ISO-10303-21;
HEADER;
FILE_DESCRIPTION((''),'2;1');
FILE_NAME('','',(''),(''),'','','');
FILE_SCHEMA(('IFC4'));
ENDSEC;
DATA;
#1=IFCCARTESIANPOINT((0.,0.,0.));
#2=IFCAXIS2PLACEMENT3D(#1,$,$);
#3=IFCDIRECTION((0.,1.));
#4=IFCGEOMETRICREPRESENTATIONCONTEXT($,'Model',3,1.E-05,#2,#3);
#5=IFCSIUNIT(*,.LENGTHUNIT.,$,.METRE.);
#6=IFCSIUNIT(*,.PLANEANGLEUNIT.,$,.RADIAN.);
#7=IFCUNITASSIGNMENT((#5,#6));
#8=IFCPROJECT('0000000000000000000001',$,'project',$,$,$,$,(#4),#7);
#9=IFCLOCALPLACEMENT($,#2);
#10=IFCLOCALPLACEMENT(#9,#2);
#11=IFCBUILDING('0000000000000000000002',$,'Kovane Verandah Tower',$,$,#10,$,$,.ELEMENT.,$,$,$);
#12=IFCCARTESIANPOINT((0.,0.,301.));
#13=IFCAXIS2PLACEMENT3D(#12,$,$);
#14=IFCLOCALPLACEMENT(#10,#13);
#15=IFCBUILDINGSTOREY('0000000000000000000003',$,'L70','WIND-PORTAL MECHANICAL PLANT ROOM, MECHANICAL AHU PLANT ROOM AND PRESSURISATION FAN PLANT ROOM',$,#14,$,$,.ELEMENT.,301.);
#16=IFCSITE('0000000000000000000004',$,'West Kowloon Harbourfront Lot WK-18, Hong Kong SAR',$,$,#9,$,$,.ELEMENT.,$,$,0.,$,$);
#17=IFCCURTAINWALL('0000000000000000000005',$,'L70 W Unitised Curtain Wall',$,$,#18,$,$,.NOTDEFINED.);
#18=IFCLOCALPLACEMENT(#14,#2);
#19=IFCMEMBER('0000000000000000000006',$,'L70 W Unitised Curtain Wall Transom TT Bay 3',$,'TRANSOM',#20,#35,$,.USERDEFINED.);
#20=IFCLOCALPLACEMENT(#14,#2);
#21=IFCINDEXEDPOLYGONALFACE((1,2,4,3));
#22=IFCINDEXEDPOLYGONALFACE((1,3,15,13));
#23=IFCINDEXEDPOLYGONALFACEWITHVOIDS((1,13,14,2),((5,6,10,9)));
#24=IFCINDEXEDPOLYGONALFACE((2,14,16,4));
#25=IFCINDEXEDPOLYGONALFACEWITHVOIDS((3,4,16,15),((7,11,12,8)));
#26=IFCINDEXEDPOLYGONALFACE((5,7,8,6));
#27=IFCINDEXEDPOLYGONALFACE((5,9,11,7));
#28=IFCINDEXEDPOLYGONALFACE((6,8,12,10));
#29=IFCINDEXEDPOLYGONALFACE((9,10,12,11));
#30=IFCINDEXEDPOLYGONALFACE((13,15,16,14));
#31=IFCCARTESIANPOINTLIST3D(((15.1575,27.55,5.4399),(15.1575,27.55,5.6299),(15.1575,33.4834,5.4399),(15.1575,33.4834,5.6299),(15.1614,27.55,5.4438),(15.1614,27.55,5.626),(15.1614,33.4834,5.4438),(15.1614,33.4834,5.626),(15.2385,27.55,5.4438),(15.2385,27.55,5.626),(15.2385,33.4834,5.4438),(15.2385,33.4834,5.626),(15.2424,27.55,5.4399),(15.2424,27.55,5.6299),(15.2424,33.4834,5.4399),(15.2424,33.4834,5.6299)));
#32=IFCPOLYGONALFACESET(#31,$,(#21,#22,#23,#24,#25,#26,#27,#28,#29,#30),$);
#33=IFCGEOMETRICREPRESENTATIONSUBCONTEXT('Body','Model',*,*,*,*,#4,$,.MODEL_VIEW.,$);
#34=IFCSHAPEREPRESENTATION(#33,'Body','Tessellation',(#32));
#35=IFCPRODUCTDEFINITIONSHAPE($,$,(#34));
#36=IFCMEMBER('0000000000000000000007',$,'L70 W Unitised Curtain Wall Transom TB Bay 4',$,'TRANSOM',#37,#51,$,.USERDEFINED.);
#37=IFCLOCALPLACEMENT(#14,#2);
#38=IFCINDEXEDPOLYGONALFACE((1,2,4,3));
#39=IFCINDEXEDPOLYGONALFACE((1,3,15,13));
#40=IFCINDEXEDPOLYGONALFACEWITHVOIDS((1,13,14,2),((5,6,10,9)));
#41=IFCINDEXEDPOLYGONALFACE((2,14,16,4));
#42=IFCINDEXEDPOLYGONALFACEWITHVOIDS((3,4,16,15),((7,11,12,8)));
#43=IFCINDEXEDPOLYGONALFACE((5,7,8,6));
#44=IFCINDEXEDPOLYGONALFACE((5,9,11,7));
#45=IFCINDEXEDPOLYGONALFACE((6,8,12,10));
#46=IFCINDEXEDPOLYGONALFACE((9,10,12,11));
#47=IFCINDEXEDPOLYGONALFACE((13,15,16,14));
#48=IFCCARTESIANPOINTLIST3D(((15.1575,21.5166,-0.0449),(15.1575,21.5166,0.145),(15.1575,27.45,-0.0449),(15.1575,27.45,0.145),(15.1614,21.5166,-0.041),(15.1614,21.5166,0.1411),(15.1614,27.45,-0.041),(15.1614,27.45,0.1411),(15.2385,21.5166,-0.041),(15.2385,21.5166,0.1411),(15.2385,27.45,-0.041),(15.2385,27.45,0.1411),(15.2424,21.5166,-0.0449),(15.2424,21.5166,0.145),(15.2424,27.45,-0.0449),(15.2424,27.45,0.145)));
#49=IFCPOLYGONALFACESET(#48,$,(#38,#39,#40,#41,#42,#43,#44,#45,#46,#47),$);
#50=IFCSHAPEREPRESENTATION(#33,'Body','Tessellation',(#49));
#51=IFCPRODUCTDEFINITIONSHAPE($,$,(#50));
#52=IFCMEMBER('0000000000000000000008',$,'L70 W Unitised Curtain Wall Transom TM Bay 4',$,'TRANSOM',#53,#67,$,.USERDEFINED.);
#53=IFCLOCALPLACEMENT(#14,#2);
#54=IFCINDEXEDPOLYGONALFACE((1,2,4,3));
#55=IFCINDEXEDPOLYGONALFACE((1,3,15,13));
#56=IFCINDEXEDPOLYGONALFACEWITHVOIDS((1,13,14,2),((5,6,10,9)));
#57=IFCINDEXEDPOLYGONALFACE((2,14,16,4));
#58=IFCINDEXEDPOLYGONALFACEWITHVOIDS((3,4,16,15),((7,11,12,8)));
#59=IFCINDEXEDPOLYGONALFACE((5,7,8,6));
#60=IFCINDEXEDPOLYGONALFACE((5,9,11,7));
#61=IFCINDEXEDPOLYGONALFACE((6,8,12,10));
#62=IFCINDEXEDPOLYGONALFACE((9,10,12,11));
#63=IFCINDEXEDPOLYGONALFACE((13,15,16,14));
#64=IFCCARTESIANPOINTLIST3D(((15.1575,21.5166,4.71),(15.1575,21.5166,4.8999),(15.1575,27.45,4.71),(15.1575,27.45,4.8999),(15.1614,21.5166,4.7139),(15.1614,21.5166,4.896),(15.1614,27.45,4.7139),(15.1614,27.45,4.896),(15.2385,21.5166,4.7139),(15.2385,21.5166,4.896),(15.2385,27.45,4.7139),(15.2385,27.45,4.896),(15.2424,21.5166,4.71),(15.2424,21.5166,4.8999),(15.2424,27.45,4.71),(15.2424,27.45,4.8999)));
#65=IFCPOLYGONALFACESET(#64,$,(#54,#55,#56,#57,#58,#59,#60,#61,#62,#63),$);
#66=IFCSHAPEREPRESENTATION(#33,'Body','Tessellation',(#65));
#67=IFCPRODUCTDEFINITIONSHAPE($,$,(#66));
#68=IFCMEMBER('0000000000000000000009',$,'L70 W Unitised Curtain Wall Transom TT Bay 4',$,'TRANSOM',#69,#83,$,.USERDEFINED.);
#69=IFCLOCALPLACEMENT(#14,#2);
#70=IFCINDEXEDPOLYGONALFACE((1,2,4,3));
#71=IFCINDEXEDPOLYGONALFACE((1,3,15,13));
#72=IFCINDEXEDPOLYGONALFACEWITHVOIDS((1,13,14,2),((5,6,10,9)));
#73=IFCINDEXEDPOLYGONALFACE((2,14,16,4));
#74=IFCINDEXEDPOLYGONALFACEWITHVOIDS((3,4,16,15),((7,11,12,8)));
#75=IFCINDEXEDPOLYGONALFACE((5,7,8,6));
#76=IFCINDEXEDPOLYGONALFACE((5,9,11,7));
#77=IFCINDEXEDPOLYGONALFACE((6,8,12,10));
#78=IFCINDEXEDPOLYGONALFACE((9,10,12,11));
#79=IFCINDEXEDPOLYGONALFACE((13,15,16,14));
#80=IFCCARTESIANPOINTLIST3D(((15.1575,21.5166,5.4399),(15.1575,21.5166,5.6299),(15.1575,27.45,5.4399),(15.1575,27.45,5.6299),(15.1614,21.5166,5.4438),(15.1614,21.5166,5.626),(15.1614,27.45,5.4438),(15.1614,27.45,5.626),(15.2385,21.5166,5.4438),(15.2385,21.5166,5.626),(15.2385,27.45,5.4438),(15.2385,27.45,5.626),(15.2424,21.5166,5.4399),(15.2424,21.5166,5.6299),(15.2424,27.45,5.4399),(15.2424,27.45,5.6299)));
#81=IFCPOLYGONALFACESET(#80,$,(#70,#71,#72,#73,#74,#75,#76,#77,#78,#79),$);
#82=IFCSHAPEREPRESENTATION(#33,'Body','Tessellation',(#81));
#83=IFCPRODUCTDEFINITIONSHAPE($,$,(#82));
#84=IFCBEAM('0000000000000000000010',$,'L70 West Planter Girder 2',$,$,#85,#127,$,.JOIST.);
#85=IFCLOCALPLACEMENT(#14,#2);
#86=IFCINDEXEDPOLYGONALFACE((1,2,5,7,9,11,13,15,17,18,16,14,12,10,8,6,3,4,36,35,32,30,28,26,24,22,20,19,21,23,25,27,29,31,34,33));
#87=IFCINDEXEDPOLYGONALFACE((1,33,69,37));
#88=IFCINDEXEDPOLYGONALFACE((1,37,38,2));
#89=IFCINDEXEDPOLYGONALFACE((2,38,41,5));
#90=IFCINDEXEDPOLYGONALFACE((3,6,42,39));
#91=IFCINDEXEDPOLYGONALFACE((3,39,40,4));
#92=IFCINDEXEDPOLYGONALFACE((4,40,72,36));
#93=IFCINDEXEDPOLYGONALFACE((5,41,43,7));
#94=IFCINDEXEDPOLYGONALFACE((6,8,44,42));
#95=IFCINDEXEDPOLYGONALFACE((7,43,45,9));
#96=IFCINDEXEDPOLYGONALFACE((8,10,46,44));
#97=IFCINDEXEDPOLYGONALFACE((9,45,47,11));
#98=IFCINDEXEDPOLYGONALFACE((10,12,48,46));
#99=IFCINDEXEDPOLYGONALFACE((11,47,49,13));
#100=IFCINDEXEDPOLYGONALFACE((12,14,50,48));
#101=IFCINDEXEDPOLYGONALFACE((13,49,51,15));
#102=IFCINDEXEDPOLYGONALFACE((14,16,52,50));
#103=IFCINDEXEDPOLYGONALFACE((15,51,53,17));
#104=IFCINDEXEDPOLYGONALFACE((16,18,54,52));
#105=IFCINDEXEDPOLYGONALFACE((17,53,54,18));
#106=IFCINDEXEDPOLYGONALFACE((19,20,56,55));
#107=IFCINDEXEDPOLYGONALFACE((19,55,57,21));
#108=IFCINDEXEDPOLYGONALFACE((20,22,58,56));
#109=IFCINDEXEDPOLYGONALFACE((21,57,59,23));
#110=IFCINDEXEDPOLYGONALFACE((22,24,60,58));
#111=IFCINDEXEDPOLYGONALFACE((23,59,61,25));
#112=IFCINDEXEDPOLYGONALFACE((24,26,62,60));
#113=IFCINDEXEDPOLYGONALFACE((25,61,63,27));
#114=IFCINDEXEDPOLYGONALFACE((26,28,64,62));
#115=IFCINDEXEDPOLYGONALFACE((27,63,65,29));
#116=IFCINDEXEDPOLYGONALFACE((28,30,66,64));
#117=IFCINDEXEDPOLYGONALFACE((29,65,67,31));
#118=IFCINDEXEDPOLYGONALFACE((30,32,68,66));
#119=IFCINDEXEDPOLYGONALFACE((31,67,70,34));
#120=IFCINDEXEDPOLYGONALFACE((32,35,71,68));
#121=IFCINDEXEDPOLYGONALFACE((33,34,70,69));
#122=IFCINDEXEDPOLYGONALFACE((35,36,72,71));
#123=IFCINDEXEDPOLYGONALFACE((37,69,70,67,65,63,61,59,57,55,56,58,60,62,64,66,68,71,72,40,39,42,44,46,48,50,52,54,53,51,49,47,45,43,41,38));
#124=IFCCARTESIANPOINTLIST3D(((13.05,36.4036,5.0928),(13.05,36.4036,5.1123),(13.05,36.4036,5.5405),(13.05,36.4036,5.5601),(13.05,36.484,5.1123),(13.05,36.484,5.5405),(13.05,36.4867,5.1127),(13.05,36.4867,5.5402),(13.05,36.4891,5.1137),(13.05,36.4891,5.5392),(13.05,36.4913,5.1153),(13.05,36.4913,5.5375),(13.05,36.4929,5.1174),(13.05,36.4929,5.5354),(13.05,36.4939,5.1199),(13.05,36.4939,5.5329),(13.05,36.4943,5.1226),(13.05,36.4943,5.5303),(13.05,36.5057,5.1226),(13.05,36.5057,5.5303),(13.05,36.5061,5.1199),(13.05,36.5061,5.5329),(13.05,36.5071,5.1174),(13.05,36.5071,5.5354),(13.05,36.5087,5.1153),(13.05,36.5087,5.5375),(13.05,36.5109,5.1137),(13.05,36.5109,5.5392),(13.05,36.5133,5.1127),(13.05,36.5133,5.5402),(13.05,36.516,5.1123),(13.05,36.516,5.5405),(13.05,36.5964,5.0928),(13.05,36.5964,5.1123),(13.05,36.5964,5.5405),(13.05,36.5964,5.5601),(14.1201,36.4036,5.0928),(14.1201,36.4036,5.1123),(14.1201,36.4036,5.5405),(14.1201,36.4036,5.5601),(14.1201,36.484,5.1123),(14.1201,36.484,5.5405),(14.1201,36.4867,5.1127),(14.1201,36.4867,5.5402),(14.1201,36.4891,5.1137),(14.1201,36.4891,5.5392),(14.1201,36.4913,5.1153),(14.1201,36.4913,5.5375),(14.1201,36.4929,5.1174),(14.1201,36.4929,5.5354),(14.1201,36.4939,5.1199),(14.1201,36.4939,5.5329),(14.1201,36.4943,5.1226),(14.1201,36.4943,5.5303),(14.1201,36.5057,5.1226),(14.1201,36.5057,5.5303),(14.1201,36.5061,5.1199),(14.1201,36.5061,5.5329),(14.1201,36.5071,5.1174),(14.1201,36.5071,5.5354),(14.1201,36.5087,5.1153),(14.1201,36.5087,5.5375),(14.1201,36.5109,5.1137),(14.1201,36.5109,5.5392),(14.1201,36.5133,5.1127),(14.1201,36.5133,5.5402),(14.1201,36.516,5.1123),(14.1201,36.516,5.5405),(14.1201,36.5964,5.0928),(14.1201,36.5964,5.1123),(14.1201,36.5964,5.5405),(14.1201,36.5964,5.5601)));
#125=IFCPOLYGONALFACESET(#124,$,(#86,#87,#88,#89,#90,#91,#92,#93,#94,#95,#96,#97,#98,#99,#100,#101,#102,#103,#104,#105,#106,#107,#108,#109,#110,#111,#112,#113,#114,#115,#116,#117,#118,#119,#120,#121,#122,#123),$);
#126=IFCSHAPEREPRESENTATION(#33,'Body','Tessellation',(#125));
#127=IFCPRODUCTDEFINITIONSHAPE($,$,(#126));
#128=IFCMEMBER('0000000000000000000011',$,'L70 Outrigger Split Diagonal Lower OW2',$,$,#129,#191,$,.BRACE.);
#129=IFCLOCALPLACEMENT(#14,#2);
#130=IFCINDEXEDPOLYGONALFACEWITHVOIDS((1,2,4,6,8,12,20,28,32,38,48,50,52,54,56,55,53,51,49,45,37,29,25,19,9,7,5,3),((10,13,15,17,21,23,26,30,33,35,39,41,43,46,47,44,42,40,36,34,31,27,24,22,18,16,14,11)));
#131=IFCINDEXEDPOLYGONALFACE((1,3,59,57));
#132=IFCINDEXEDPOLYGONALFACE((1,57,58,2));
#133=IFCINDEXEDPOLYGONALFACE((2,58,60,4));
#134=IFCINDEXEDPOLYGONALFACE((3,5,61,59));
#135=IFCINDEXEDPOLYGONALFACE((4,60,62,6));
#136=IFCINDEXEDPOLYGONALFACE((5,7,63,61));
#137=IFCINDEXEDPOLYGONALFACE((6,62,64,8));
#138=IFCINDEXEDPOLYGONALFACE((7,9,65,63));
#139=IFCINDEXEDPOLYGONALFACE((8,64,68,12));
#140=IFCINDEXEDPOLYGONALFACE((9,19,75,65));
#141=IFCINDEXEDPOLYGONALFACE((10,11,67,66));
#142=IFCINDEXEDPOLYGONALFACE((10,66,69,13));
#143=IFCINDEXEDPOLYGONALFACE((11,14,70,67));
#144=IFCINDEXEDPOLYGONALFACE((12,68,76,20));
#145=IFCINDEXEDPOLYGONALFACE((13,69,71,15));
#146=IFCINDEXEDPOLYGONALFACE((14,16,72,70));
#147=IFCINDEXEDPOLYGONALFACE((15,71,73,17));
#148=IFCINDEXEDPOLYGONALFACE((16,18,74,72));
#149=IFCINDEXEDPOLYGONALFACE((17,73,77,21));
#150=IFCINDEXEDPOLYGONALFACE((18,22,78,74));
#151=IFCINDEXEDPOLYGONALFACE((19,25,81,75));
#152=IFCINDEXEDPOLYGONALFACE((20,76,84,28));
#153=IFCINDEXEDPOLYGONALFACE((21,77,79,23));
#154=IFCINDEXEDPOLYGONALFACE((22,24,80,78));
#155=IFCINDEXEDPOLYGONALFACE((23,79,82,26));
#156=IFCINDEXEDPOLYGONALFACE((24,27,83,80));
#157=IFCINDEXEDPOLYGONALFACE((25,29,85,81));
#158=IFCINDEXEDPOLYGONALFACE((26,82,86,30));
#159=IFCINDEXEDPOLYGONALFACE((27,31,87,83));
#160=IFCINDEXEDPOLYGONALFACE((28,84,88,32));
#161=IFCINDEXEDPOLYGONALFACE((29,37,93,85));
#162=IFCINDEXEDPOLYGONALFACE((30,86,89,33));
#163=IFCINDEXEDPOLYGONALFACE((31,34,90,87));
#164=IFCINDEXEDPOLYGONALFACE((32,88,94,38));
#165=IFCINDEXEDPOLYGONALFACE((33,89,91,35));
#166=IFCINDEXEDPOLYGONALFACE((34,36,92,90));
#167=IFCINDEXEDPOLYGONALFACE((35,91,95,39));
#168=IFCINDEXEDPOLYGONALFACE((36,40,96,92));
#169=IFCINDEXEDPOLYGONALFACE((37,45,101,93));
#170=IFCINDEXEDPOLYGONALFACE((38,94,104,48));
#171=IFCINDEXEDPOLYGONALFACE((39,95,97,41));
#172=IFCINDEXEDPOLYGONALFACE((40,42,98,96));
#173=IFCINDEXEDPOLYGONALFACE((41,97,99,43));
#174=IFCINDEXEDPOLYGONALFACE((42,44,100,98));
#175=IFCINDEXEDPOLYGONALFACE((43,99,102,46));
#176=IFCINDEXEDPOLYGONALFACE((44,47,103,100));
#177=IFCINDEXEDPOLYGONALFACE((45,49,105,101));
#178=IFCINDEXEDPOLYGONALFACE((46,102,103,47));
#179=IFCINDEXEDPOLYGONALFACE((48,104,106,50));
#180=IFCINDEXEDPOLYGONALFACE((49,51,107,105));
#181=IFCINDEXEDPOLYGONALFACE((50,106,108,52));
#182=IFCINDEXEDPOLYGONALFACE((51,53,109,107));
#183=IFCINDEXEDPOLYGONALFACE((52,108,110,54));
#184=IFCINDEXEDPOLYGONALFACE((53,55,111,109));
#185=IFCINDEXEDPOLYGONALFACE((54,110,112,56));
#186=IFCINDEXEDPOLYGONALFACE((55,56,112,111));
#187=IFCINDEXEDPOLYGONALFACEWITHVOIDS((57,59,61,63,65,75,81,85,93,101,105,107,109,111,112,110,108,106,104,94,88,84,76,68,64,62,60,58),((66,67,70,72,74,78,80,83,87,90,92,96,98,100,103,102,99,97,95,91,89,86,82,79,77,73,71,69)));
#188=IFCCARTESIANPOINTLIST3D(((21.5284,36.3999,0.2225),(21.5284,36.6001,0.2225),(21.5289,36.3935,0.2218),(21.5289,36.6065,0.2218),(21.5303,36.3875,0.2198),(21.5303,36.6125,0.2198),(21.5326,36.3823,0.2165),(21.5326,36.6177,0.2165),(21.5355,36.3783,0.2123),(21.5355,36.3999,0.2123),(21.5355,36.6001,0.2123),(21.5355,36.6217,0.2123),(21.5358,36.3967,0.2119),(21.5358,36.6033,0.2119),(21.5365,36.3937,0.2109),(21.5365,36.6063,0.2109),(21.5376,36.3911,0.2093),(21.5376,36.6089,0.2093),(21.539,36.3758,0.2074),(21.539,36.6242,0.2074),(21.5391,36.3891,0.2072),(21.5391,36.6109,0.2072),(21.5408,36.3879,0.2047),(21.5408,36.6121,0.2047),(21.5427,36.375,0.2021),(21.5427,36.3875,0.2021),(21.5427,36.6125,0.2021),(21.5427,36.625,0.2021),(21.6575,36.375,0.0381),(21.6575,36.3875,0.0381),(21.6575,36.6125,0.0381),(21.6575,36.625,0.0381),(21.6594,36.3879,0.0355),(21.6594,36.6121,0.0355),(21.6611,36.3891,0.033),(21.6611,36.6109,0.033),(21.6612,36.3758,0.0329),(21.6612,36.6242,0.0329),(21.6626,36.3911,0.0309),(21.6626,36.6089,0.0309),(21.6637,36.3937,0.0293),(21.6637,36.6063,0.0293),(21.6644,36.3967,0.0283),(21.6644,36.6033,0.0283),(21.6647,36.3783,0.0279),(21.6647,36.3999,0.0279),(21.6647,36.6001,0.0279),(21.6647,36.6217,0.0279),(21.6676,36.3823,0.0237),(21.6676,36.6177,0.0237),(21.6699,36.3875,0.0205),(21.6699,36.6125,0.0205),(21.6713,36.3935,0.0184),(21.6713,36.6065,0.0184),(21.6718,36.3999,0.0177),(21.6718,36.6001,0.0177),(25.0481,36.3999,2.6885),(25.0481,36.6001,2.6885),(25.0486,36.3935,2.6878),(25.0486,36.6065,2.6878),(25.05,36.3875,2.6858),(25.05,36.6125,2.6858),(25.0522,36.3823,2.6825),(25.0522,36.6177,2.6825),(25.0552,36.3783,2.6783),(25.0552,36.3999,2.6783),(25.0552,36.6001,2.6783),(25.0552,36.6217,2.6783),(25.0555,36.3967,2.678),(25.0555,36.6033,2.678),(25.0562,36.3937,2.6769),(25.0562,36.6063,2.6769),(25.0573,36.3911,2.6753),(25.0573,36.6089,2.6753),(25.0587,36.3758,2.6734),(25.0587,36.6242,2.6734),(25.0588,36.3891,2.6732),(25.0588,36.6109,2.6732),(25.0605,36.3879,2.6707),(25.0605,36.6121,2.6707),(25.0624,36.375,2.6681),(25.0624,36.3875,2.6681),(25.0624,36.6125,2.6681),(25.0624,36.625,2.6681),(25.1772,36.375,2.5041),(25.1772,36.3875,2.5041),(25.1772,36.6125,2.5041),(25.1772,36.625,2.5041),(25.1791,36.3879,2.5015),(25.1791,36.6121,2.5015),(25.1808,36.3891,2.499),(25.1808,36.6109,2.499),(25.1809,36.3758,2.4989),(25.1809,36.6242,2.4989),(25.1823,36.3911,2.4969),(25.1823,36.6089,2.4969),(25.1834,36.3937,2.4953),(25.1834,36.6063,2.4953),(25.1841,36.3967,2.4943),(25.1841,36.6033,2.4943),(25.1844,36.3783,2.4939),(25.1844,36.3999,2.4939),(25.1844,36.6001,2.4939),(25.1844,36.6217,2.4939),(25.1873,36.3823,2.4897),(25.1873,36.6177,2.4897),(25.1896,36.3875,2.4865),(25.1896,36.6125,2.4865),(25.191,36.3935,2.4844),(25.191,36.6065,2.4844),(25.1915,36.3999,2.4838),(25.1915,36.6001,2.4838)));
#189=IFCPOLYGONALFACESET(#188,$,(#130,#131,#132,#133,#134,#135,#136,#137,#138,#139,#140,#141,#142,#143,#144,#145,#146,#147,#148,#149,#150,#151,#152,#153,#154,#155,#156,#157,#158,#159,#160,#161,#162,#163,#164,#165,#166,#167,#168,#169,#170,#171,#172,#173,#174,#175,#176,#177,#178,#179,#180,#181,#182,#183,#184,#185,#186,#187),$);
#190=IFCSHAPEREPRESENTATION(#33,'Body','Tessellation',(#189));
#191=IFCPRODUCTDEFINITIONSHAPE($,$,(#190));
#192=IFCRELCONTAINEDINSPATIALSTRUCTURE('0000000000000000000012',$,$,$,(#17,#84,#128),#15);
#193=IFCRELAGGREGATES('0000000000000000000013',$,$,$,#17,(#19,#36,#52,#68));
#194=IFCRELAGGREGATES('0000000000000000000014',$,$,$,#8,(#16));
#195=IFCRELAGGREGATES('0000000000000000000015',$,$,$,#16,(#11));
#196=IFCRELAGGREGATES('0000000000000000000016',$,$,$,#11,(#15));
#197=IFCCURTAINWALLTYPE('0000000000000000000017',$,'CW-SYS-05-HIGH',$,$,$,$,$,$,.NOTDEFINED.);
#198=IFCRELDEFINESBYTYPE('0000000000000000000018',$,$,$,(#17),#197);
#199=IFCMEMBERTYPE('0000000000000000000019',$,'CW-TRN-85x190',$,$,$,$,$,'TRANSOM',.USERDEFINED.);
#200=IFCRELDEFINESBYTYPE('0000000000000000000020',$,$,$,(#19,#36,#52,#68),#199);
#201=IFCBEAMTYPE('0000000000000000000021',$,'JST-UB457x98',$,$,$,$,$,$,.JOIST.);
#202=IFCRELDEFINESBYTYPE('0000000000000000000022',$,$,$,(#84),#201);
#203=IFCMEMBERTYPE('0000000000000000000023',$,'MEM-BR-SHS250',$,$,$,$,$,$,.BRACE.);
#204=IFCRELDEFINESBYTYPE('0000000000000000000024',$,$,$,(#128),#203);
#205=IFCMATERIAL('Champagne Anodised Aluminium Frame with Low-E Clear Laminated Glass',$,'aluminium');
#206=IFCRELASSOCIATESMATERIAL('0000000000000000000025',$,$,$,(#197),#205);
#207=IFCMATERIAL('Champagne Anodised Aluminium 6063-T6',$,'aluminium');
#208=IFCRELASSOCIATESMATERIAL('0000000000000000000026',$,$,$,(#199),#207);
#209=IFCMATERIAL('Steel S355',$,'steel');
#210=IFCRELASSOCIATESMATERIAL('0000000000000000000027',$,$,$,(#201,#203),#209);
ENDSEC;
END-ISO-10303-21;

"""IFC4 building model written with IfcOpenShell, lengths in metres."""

from ifc_helpers import new_model, si_unit, direction, frame, origin, origin_2d, place, context, subcontext, project, spatial, hollow_rectangle, i_section, extrude, material, material_profile, profile_set, type_object, element, aggregate, save


model = new_model("IFC4")

# Units and contexts
model_context = context("Model", 3, precision=1e-05, world=origin(), true_north=direction((0.0, 1.0)))
body_context = subcontext(model_context, "Body", "Model", "MODEL_VIEW")
ifc_project = project(units=[si_unit("LENGTHUNIT", "METRE"), si_unit("PLANEANGLEUNIT", "RADIAN")], contexts=[model_context])

# Site, building, storey
site_placement = place(None, origin())
site = spatial("IfcSite", under=ifc_project, at=site_placement, Name="West Kowloon Harbourfront Lot WK-18, Hong Kong SAR", CompositionType="ELEMENT", RefElevation=0.0)
building_placement = place(site_placement, origin())
building = spatial("IfcBuilding", under=site, at=building_placement, Name="Kovane Verandah Tower", CompositionType="ELEMENT")
storey_placement = place(building_placement, frame((0.0, 0.0, 301.0)))
storey = spatial("IfcBuildingStorey", under=building, at=storey_placement, Name="L70", Description="WIND-PORTAL MECHANICAL PLANT ROOM, MECHANICAL AHU PLANT ROOM AND PRESSURISATION FAN PLANT ROOM", CompositionType="ELEMENT", Elevation=301.0)

# Curtain wall, members
ifc_material_1 = material(Name="Champagne Anodised Aluminium Frame with Low-E Clear Laminated Glass", Category="aluminium")
curtain_wall_type = type_object("IfcCurtainWallType", Name="CW-SYS-05-HIGH", PredefinedType="NOTDEFINED", material=ifc_material_1)
curtain_wall_placement = place(storey_placement, origin())
curtain_wall = element("IfcCurtainWall", 1, at=curtain_wall_placement, inside=storey, type_object=curtain_wall_type, Name="L70 W Unitised Curtain Wall", PredefinedType="NOTDEFINED")
ifc_material_2 = material(Name="Champagne Anodised Aluminium 6063-T6", Category="aluminium")
ifc_material_profile_1 = material_profile(ifc_material_2, hollow_rectangle(XDim=0.085, YDim=0.1899, WallThickness=0.0039, at=origin_2d()), Name="AL85x190x4")
ifc_profile_set_1 = profile_set([ifc_material_profile_1], Name="Champagne Anodised Aluminium 6063-T6")
member_type_1 = type_object("IfcMemberType", Name="CW-TRN-85x190", ElementType="TRANSOM", PredefinedType="USERDEFINED", material=ifc_profile_set_1)
member_1_placement = place(storey_placement, frame((15.2, 33.4834, 5.5349), z_axis=(0.0, -1.0, 0.0), x_axis=(1.0, 0.0, 0.0)))
member_1 = element("IfcMember", 2, at=member_1_placement, type_object=member_type_1, Name="L70 W Unitised Curtain Wall Transom TT Bay 3", ObjectType="TRANSOM", PredefinedType="USERDEFINED", context=body_context, shape_type="SweptSolid", body=[
    extrude(hollow_rectangle(XDim=0.085, YDim=0.1899, WallThickness=0.0039, at=origin_2d()), origin(), (0.0, 0.0, 1.0), 5.9333),
])
member_2_placement = place(storey_placement, frame((15.2, 27.45, 0.05), z_axis=(0.0, -1.0, 0.0), x_axis=(1.0, 0.0, 0.0)))
member_2 = element("IfcMember", 3, at=member_2_placement, type_object=member_type_1, Name="L70 W Unitised Curtain Wall Transom TB Bay 4", ObjectType="TRANSOM", PredefinedType="USERDEFINED", context=body_context, shape_type="SweptSolid", body=[
    extrude(hollow_rectangle(XDim=0.085, YDim=0.1899, WallThickness=0.0039, at=origin_2d()), origin(), (0.0, 0.0, 1.0), 5.9333),
])
member_3_placement = place(storey_placement, frame((15.2, 27.45, 4.8049), z_axis=(0.0, -1.0, 0.0), x_axis=(1.0, 0.0, 0.0)))
member_3 = element("IfcMember", 4, at=member_3_placement, type_object=member_type_1, Name="L70 W Unitised Curtain Wall Transom TM Bay 4", ObjectType="TRANSOM", PredefinedType="USERDEFINED", context=body_context, shape_type="SweptSolid", body=[
    extrude(hollow_rectangle(XDim=0.085, YDim=0.1899, WallThickness=0.0039, at=origin_2d()), origin(), (0.0, 0.0, 1.0), 5.9333),
])
member_4_placement = place(storey_placement, frame((15.2, 27.45, 5.5349), z_axis=(0.0, -1.0, 0.0), x_axis=(1.0, 0.0, 0.0)))
member_4 = element("IfcMember", 5, at=member_4_placement, type_object=member_type_1, Name="L70 W Unitised Curtain Wall Transom TT Bay 4", ObjectType="TRANSOM", PredefinedType="USERDEFINED", context=body_context, shape_type="SweptSolid", body=[
    extrude(hollow_rectangle(XDim=0.085, YDim=0.1899, WallThickness=0.0039, at=origin_2d()), origin(), (0.0, 0.0, 1.0), 5.9333),
])

# Beam
ifc_material_3 = material(Name="Steel S355", Category="steel")
ifc_material_profile_2 = material_profile(ifc_material_3, i_section(OverallWidth=0.1929, OverallDepth=0.4673, WebThickness=0.0115, FlangeThickness=0.0195, FilletRadius=0.0103, at=origin_2d()), Name="UB457x191x98")
ifc_profile_set_2 = profile_set([ifc_material_profile_2], Name="Steel S355")
beam_type_1 = type_object("IfcBeamType", Name="JST-UB457x98", PredefinedType="JOIST", material=ifc_profile_set_2)
beam_1_placement = place(storey_placement, frame((14.1201, 36.5, 5.3264), z_axis=(-1.0, 0.0, 0.0), x_axis=(0.0, -1.0, 0.0)))
element("IfcBeam", 6, at=beam_1_placement, inside=storey, type_object=beam_type_1, Name="L70 West Planter Girder 2", PredefinedType="JOIST", context=body_context, shape_type="SweptSolid", body=[
    extrude(i_section(OverallWidth=0.1929, OverallDepth=0.4673, WebThickness=0.0115, FlangeThickness=0.0195, FilletRadius=0.0103, at=origin_2d()), origin(), (0.0, 0.0, 1.0), 1.0701),
])

# Member
ifc_material_profile_3 = material_profile(ifc_material_3, hollow_rectangle(XDim=0.25, YDim=0.25, WallThickness=0.0125, InnerFilletRadius=0.0125, OuterFilletRadius=0.0249, at=origin_2d()), Name="SHS250x250x12.5")
ifc_profile_set_3 = profile_set([ifc_material_profile_3], Name="Steel S355")
member_type_2 = type_object("IfcMemberType", Name="MEM-BR-SHS250", PredefinedType="BRACE", material=ifc_profile_set_3)
member_5_placement = place(storey_placement, frame((21.6001, 36.5, 0.1201), z_axis=(0.818989, 0.0, 0.573809), x_axis=(0.0, 1.0, 0.0)))
element("IfcMember", 7, at=member_5_placement, inside=storey, type_object=member_type_2, Name="L70 Outrigger Split Diagonal Lower OW2", PredefinedType="BRACE", context=body_context, shape_type="SweptSolid", body=[
    extrude(hollow_rectangle(XDim=0.25, YDim=0.25, WallThickness=0.0125, InnerFilletRadius=0.0125, OuterFilletRadius=0.0249, at=origin_2d()), origin(), (0.0, 0.0, 1.0), 4.2976),
])

aggregate(curtain_wall, [member_1, member_2, member_3, member_4])

save(model, "model.ifc")
